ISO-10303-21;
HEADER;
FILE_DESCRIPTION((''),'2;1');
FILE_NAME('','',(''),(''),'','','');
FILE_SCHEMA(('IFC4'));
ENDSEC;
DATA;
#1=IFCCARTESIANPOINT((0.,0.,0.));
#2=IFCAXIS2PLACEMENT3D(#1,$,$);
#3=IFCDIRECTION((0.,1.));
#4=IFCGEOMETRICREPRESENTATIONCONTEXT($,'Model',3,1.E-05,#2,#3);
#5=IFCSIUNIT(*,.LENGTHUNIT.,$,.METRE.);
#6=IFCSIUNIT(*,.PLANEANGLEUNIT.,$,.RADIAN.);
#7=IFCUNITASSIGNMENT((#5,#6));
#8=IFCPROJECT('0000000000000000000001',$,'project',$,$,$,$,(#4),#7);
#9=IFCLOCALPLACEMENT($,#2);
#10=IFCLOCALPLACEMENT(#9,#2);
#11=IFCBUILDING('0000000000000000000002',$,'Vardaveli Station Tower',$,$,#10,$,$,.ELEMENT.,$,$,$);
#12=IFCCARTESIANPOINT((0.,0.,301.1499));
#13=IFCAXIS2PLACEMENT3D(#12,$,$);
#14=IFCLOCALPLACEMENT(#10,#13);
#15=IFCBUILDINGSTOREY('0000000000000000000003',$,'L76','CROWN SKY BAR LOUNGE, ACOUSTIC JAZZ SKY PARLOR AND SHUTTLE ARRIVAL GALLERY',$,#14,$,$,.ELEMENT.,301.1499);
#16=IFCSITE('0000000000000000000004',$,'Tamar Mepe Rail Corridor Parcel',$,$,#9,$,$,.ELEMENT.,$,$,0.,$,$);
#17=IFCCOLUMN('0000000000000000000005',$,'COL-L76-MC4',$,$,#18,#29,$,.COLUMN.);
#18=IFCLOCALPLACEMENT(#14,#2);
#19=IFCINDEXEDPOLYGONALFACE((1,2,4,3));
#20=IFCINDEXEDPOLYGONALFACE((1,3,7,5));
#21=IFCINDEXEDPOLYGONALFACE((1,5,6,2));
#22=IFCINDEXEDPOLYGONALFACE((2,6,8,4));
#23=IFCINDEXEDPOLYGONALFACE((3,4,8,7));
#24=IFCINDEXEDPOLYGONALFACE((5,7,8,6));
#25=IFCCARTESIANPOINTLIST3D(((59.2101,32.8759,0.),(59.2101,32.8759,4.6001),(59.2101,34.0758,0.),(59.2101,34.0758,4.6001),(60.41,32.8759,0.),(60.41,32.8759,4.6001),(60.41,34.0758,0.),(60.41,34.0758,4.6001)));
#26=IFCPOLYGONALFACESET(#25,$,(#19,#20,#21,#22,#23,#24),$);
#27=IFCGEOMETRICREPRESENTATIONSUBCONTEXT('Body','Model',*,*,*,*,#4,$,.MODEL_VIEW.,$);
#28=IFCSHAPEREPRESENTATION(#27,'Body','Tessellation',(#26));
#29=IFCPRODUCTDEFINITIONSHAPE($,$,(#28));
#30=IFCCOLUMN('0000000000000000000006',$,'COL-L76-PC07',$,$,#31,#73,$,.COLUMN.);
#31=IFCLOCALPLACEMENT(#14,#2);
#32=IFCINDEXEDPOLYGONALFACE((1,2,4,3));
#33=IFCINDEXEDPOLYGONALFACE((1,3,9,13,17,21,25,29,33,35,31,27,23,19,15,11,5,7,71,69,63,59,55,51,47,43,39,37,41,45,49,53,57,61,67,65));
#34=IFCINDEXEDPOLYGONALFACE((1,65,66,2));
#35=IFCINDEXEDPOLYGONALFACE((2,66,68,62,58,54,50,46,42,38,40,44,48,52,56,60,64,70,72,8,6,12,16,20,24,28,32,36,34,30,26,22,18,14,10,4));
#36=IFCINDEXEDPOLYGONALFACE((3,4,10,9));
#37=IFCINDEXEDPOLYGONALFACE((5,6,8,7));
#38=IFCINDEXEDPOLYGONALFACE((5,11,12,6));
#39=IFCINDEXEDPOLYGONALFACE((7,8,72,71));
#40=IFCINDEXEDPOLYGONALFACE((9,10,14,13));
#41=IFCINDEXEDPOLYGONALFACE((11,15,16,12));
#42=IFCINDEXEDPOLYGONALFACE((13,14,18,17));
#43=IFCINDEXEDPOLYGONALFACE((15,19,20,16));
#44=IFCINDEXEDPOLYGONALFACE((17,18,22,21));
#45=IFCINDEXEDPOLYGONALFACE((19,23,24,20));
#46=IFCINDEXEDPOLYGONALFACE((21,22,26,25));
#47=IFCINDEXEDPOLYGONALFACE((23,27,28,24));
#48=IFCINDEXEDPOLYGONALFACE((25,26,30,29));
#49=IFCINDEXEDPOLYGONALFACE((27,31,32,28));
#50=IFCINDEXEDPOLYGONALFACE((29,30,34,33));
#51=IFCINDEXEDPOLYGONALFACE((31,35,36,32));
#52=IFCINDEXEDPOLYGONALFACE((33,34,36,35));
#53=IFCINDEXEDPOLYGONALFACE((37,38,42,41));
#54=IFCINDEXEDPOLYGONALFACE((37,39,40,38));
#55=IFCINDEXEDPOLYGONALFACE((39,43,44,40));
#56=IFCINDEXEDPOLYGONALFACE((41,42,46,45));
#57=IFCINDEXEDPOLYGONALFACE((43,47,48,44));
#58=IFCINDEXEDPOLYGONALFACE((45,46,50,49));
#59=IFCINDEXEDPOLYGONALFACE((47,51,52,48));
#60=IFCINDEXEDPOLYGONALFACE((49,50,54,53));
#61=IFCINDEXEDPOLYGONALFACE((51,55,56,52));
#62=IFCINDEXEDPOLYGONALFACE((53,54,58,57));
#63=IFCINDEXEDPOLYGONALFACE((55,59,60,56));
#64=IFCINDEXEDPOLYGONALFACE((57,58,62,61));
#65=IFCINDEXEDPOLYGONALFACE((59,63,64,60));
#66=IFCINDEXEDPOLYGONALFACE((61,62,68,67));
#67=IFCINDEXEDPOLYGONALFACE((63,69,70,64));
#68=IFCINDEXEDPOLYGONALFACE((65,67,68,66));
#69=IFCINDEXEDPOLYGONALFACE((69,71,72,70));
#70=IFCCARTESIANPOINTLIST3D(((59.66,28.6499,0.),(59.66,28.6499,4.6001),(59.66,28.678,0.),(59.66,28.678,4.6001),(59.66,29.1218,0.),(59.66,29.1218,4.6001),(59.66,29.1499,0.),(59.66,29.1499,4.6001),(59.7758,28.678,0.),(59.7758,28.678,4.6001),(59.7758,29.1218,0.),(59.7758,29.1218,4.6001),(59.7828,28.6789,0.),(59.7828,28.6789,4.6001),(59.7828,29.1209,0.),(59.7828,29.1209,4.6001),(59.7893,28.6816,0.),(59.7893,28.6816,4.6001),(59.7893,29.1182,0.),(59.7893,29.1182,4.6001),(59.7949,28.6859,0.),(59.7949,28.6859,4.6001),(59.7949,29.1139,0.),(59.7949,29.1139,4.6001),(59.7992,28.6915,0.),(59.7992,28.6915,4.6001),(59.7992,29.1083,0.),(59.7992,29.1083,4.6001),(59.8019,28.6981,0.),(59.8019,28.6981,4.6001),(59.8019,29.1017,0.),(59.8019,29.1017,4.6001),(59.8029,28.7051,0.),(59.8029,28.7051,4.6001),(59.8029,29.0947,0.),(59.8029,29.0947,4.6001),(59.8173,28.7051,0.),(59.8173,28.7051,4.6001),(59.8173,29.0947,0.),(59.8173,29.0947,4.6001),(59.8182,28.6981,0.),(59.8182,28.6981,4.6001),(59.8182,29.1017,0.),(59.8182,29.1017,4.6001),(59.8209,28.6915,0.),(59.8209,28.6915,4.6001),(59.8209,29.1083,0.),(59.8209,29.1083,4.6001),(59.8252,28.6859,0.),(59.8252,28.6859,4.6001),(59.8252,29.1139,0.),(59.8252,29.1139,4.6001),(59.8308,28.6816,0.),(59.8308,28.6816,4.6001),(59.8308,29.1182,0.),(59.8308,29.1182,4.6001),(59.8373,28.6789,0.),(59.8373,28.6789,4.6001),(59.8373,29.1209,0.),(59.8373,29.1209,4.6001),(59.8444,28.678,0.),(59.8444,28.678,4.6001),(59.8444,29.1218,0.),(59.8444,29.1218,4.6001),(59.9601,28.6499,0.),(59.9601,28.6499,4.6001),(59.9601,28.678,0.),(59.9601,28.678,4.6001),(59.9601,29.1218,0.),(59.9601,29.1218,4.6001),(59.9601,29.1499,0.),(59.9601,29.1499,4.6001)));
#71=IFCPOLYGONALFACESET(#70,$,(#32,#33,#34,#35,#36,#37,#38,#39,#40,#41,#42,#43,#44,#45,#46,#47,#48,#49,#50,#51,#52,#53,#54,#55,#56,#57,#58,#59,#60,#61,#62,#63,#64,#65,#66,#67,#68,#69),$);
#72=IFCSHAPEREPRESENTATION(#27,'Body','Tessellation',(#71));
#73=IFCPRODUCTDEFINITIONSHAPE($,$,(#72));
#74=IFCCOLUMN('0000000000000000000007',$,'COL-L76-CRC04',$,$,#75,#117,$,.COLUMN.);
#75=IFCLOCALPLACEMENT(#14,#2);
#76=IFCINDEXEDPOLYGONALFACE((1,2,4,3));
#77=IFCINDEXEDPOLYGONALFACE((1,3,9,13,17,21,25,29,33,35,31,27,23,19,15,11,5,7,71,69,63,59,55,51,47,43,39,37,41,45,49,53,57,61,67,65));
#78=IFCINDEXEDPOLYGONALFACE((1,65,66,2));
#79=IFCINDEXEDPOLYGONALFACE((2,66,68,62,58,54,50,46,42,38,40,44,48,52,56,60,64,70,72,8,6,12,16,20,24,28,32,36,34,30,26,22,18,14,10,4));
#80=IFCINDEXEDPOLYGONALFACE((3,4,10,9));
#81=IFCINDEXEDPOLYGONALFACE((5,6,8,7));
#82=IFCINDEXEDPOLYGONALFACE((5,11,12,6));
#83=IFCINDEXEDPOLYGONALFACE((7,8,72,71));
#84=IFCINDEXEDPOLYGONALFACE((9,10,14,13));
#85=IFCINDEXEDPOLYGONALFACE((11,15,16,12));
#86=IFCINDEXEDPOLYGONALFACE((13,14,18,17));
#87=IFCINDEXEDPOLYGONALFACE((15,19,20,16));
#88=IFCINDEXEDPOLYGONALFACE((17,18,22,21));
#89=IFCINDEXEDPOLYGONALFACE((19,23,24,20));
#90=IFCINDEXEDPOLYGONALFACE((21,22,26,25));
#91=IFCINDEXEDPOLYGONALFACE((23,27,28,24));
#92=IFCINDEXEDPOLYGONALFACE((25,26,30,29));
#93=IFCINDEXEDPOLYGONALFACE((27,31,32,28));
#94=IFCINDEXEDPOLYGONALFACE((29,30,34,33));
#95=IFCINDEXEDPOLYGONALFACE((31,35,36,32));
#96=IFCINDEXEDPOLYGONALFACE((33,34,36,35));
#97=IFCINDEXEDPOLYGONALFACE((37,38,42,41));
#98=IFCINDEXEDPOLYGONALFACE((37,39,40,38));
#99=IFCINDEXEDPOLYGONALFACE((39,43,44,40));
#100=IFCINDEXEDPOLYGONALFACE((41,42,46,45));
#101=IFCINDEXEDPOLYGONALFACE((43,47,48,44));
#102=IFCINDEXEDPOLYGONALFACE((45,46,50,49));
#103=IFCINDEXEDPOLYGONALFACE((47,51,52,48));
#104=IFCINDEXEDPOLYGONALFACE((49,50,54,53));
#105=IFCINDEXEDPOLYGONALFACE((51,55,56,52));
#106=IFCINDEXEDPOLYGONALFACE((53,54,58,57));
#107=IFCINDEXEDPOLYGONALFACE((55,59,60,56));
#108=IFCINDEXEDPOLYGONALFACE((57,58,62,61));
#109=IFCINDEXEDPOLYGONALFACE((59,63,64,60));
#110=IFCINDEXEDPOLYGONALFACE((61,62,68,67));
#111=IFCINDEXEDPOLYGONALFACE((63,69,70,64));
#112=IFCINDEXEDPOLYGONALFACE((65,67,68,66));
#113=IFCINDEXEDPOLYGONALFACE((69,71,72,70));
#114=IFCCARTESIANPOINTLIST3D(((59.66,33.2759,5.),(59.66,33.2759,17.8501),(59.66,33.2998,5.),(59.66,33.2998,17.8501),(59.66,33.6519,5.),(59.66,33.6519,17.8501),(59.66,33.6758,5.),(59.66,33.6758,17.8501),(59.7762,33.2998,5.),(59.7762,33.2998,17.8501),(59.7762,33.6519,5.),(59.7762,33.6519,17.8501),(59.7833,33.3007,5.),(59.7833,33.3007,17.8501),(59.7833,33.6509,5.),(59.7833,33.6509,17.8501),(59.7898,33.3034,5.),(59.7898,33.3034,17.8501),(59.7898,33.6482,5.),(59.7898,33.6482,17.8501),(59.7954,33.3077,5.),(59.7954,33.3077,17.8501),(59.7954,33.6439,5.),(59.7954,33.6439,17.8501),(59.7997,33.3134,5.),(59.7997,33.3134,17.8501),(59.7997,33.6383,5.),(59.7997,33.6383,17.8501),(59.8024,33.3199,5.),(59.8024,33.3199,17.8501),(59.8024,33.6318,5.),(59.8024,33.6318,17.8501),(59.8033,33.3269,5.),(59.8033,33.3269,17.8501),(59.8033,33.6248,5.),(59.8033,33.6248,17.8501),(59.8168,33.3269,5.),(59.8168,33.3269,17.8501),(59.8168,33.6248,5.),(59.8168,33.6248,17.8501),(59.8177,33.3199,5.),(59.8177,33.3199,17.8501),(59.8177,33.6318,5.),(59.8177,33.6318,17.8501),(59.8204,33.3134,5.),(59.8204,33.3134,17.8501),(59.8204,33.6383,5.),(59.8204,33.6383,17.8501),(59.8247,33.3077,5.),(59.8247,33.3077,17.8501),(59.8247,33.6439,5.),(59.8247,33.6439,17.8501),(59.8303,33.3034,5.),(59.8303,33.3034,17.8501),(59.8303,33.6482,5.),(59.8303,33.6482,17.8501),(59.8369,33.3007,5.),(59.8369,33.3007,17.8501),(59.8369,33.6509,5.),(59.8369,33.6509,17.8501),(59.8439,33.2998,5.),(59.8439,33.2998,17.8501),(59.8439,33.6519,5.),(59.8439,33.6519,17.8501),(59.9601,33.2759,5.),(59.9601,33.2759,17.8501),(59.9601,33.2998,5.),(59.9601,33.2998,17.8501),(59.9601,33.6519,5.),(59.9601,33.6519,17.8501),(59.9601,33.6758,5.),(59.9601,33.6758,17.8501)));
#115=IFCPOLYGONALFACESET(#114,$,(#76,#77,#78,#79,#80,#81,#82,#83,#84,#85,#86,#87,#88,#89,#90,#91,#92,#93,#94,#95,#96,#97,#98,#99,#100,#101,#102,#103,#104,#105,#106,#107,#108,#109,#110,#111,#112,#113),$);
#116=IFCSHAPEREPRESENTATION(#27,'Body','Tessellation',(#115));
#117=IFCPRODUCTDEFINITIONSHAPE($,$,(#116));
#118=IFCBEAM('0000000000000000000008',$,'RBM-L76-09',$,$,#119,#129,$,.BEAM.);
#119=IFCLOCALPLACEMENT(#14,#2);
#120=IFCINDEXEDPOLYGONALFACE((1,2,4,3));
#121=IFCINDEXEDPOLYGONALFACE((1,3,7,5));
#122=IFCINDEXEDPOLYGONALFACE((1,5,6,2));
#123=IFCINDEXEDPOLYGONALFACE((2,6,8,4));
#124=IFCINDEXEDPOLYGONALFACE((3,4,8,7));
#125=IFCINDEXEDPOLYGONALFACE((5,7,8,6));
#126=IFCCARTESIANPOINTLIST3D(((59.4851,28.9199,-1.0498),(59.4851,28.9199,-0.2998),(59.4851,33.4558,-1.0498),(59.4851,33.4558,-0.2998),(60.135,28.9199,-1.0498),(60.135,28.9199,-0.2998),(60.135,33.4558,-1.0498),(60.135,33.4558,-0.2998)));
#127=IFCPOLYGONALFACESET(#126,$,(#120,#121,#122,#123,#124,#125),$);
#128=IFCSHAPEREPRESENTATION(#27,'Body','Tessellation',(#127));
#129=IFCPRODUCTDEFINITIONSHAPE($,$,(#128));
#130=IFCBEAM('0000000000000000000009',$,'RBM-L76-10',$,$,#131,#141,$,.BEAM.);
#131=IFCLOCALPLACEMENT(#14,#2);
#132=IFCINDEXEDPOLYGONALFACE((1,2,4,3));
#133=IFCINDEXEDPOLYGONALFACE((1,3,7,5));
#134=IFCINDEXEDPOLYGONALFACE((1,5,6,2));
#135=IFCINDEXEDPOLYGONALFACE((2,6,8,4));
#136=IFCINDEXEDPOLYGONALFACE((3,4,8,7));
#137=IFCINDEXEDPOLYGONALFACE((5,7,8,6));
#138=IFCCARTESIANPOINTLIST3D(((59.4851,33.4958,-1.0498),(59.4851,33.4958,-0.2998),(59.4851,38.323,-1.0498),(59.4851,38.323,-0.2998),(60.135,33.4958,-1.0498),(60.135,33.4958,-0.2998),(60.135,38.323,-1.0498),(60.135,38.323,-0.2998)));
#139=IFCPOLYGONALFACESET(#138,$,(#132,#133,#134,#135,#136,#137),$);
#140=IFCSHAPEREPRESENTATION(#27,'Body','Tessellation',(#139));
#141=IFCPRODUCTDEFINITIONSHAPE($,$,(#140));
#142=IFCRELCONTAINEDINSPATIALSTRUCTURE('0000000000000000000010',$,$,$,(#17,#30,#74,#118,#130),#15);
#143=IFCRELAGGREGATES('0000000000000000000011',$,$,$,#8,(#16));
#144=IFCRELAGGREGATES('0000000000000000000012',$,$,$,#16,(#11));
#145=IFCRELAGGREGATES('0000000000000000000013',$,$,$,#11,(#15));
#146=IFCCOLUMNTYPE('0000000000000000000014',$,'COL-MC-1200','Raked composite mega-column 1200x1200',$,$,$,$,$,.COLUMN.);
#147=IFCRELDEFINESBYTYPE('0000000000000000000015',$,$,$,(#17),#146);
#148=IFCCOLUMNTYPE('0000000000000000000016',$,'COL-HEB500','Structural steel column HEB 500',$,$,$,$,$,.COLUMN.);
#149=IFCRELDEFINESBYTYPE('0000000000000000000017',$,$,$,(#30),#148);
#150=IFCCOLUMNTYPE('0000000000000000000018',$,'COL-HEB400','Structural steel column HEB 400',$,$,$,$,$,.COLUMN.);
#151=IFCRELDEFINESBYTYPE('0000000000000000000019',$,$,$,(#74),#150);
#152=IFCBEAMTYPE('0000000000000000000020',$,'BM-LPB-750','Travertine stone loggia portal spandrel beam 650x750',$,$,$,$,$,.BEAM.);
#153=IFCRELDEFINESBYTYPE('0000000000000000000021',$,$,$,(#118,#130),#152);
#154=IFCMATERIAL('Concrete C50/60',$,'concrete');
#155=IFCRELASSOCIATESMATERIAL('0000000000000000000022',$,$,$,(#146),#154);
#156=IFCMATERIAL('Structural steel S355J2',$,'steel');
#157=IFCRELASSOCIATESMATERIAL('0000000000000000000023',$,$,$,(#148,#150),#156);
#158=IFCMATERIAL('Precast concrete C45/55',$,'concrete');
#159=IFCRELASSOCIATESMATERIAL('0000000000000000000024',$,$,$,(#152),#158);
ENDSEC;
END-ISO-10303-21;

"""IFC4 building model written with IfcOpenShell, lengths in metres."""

from ifc_helpers import new_model, si_unit, direction, frame, origin, origin_2d, place, context, subcontext, project, spatial, rectangle, i_section, extrude, source, transform, mapped, material, material_profile, profile_set, type_object, element, save


model = new_model("IFC4")

# Units and contexts
model_context = context("Model", 3, precision=1e-05, world=origin(), true_north=direction((0.0, 1.0)))
body_context = subcontext(model_context, "Body", "Model", "MODEL_VIEW")
ifc_project = project(units=[si_unit("LENGTHUNIT", "METRE"), si_unit("PLANEANGLEUNIT", "RADIAN")], contexts=[model_context])

# Site, building, storey
site_placement = place(None, origin())
site = spatial("IfcSite", under=ifc_project, at=site_placement, Name="Tamar Mepe Rail Corridor Parcel", CompositionType="ELEMENT", RefElevation=0.0)
building_placement = place(site_placement, origin())
building = spatial("IfcBuilding", under=site, at=building_placement, Name="Vardaveli Station Tower", CompositionType="ELEMENT")
storey_placement = place(building_placement, frame((0.0, 0.0, 301.1499)))
storey = spatial("IfcBuildingStorey", under=building, at=storey_placement, Name="L76", Description="CROWN SKY BAR LOUNGE, ACOUSTIC JAZZ SKY PARLOR AND SHUTTLE ARRIVAL GALLERY", CompositionType="ELEMENT", Elevation=301.1499)

# Columns
ifc_material_1 = material(Name="Concrete C50/60", Category="concrete")
ifc_material_profile_1 = material_profile(ifc_material_1, rectangle(XDim=1.2, YDim=1.2, at=origin_2d()), Name="MC 1200x1200")
ifc_profile_set_1 = profile_set([ifc_material_profile_1], Name="Concrete C50/60")
column_type_1 = type_object("IfcColumnType", Name="COL-MC-1200", Description="Raked composite mega-column 1200x1200", PredefinedType="COLUMN", material=ifc_profile_set_1)
shared_shape_1 = source(origin(), body_context, "Body", "SweptSolid", [
    extrude(rectangle(XDim=1.2, YDim=1.2, at=origin_2d()), origin(), (0.0, 0.0, 1.0), 4.6001),
])
column_1_placement = place(storey_placement, frame((59.8101, 33.4758, 0.0), z_axis=(0.0, 0.0, 1.0), x_axis=(1.0, 0.0, 0.0)))
element("IfcColumn", 1, at=column_1_placement, inside=storey, type_object=column_type_1, Name="COL-L76-MC4", PredefinedType="COLUMN", context=body_context, shape_type="MappedRepresentation", body=[
    mapped(shared_shape_1, transform((0.0, 0.0, 0.0), scale=1.0)),
])
ifc_material_2 = material(Name="Structural steel S355J2", Category="steel")
ifc_material_profile_2 = material_profile(ifc_material_2, i_section(OverallWidth=0.3, OverallDepth=0.5, WebThickness=0.0144, FlangeThickness=0.0281, FilletRadius=0.0271, at=origin_2d()), Name="HEB 500")
ifc_profile_set_2 = profile_set([ifc_material_profile_2], Name="Structural steel S355J2")
column_type_2 = type_object("IfcColumnType", Name="COL-HEB500", Description="Structural steel column HEB 500", PredefinedType="COLUMN", material=ifc_profile_set_2)
shared_shape_2 = source(origin(), body_context, "Body", "SweptSolid", [
    extrude(i_section(OverallWidth=0.3, OverallDepth=0.5, WebThickness=0.0144, FlangeThickness=0.0281, FilletRadius=0.0271, at=origin_2d()), origin(), (0.0, 0.0, 1.0), 4.6001),
])
column_2_placement = place(storey_placement, frame((59.8101, 28.8999, 0.0), z_axis=(0.0, 0.0, 1.0), x_axis=(1.0, 0.0, 0.0)))
element("IfcColumn", 2, at=column_2_placement, inside=storey, type_object=column_type_2, Name="COL-L76-PC07", PredefinedType="COLUMN", context=body_context, shape_type="MappedRepresentation", body=[
    mapped(shared_shape_2, transform((0.0, 0.0, 0.0), scale=1.0)),
])
ifc_material_profile_3 = material_profile(ifc_material_2, i_section(OverallWidth=0.3, OverallDepth=0.3999, WebThickness=0.0134, FlangeThickness=0.0239, FilletRadius=0.0271, at=origin_2d()), Name="HEB 400")
ifc_profile_set_3 = profile_set([ifc_material_profile_3], Name="Structural steel S355J2")
column_type_3 = type_object("IfcColumnType", Name="COL-HEB400", Description="Structural steel column HEB 400", PredefinedType="COLUMN", material=ifc_profile_set_3)
shared_shape_3 = source(origin(), body_context, "Body", "SweptSolid", [
    extrude(i_section(OverallWidth=0.3, OverallDepth=0.3999, WebThickness=0.0134, FlangeThickness=0.0239, FilletRadius=0.0271, at=origin_2d()), origin(), (0.0, 0.0, 1.0), 12.8501),
])
column_3_placement = place(storey_placement, frame((59.8101, 33.4758, 5.0), z_axis=(0.0, 0.0, 1.0), x_axis=(1.0, 0.0, 0.0)))
element("IfcColumn", 3, at=column_3_placement, inside=storey, type_object=column_type_3, Name="COL-L76-CRC04", PredefinedType="COLUMN", context=body_context, shape_type="MappedRepresentation", body=[
    mapped(shared_shape_3, transform((0.0, 0.0, 0.0), scale=1.0)),
])

# Beams
ifc_material_3 = material(Name="Precast concrete C45/55", Category="concrete")
ifc_material_profile_4 = material_profile(ifc_material_3, rectangle(XDim=0.6499, YDim=0.75, at=origin_2d()), Name="LPB 650x750")
ifc_profile_set_4 = profile_set([ifc_material_profile_4], Name="Precast concrete C45/55")
beam_type_1 = type_object("IfcBeamType", Name="BM-LPB-750", Description="Travertine stone loggia portal spandrel beam 650x750", PredefinedType="BEAM", material=ifc_profile_set_4)
shared_shape_4 = source(origin(), body_context, "Body", "SweptSolid", [
    extrude(rectangle(XDim=0.6499, YDim=0.75, at=origin_2d()), origin(), (0.0, 0.0, 1.0), 4.5359),
])
beam_1_placement = place(storey_placement, frame((59.8101, 28.9199, -0.6748), z_axis=(0.0, 1.0, 0.0), x_axis=(-1.0, 0.0, 0.0)))
element("IfcBeam", 4, at=beam_1_placement, inside=storey, type_object=beam_type_1, Name="RBM-L76-09", PredefinedType="BEAM", context=body_context, shape_type="MappedRepresentation", body=[
    mapped(shared_shape_4, transform((0.0, 0.0, 0.0), scale=1.0)),
])
shared_shape_5 = source(origin(), body_context, "Body", "SweptSolid", [
    extrude(rectangle(XDim=0.6499, YDim=0.75, at=origin_2d()), origin(), (0.0, 0.0, 1.0), 4.8271),
])
beam_2_placement = place(storey_placement, frame((59.8101, 33.4958, -0.6748), z_axis=(0.0, 1.0, 0.0), x_axis=(-1.0, 0.0, 0.0)))
element("IfcBeam", 5, at=beam_2_placement, inside=storey, type_object=beam_type_1, Name="RBM-L76-10", PredefinedType="BEAM", context=body_context, shape_type="MappedRepresentation", body=[
    mapped(shared_shape_5, transform((0.0, 0.0, 0.0), scale=1.0)),
])

save(model, "model.ifc")
